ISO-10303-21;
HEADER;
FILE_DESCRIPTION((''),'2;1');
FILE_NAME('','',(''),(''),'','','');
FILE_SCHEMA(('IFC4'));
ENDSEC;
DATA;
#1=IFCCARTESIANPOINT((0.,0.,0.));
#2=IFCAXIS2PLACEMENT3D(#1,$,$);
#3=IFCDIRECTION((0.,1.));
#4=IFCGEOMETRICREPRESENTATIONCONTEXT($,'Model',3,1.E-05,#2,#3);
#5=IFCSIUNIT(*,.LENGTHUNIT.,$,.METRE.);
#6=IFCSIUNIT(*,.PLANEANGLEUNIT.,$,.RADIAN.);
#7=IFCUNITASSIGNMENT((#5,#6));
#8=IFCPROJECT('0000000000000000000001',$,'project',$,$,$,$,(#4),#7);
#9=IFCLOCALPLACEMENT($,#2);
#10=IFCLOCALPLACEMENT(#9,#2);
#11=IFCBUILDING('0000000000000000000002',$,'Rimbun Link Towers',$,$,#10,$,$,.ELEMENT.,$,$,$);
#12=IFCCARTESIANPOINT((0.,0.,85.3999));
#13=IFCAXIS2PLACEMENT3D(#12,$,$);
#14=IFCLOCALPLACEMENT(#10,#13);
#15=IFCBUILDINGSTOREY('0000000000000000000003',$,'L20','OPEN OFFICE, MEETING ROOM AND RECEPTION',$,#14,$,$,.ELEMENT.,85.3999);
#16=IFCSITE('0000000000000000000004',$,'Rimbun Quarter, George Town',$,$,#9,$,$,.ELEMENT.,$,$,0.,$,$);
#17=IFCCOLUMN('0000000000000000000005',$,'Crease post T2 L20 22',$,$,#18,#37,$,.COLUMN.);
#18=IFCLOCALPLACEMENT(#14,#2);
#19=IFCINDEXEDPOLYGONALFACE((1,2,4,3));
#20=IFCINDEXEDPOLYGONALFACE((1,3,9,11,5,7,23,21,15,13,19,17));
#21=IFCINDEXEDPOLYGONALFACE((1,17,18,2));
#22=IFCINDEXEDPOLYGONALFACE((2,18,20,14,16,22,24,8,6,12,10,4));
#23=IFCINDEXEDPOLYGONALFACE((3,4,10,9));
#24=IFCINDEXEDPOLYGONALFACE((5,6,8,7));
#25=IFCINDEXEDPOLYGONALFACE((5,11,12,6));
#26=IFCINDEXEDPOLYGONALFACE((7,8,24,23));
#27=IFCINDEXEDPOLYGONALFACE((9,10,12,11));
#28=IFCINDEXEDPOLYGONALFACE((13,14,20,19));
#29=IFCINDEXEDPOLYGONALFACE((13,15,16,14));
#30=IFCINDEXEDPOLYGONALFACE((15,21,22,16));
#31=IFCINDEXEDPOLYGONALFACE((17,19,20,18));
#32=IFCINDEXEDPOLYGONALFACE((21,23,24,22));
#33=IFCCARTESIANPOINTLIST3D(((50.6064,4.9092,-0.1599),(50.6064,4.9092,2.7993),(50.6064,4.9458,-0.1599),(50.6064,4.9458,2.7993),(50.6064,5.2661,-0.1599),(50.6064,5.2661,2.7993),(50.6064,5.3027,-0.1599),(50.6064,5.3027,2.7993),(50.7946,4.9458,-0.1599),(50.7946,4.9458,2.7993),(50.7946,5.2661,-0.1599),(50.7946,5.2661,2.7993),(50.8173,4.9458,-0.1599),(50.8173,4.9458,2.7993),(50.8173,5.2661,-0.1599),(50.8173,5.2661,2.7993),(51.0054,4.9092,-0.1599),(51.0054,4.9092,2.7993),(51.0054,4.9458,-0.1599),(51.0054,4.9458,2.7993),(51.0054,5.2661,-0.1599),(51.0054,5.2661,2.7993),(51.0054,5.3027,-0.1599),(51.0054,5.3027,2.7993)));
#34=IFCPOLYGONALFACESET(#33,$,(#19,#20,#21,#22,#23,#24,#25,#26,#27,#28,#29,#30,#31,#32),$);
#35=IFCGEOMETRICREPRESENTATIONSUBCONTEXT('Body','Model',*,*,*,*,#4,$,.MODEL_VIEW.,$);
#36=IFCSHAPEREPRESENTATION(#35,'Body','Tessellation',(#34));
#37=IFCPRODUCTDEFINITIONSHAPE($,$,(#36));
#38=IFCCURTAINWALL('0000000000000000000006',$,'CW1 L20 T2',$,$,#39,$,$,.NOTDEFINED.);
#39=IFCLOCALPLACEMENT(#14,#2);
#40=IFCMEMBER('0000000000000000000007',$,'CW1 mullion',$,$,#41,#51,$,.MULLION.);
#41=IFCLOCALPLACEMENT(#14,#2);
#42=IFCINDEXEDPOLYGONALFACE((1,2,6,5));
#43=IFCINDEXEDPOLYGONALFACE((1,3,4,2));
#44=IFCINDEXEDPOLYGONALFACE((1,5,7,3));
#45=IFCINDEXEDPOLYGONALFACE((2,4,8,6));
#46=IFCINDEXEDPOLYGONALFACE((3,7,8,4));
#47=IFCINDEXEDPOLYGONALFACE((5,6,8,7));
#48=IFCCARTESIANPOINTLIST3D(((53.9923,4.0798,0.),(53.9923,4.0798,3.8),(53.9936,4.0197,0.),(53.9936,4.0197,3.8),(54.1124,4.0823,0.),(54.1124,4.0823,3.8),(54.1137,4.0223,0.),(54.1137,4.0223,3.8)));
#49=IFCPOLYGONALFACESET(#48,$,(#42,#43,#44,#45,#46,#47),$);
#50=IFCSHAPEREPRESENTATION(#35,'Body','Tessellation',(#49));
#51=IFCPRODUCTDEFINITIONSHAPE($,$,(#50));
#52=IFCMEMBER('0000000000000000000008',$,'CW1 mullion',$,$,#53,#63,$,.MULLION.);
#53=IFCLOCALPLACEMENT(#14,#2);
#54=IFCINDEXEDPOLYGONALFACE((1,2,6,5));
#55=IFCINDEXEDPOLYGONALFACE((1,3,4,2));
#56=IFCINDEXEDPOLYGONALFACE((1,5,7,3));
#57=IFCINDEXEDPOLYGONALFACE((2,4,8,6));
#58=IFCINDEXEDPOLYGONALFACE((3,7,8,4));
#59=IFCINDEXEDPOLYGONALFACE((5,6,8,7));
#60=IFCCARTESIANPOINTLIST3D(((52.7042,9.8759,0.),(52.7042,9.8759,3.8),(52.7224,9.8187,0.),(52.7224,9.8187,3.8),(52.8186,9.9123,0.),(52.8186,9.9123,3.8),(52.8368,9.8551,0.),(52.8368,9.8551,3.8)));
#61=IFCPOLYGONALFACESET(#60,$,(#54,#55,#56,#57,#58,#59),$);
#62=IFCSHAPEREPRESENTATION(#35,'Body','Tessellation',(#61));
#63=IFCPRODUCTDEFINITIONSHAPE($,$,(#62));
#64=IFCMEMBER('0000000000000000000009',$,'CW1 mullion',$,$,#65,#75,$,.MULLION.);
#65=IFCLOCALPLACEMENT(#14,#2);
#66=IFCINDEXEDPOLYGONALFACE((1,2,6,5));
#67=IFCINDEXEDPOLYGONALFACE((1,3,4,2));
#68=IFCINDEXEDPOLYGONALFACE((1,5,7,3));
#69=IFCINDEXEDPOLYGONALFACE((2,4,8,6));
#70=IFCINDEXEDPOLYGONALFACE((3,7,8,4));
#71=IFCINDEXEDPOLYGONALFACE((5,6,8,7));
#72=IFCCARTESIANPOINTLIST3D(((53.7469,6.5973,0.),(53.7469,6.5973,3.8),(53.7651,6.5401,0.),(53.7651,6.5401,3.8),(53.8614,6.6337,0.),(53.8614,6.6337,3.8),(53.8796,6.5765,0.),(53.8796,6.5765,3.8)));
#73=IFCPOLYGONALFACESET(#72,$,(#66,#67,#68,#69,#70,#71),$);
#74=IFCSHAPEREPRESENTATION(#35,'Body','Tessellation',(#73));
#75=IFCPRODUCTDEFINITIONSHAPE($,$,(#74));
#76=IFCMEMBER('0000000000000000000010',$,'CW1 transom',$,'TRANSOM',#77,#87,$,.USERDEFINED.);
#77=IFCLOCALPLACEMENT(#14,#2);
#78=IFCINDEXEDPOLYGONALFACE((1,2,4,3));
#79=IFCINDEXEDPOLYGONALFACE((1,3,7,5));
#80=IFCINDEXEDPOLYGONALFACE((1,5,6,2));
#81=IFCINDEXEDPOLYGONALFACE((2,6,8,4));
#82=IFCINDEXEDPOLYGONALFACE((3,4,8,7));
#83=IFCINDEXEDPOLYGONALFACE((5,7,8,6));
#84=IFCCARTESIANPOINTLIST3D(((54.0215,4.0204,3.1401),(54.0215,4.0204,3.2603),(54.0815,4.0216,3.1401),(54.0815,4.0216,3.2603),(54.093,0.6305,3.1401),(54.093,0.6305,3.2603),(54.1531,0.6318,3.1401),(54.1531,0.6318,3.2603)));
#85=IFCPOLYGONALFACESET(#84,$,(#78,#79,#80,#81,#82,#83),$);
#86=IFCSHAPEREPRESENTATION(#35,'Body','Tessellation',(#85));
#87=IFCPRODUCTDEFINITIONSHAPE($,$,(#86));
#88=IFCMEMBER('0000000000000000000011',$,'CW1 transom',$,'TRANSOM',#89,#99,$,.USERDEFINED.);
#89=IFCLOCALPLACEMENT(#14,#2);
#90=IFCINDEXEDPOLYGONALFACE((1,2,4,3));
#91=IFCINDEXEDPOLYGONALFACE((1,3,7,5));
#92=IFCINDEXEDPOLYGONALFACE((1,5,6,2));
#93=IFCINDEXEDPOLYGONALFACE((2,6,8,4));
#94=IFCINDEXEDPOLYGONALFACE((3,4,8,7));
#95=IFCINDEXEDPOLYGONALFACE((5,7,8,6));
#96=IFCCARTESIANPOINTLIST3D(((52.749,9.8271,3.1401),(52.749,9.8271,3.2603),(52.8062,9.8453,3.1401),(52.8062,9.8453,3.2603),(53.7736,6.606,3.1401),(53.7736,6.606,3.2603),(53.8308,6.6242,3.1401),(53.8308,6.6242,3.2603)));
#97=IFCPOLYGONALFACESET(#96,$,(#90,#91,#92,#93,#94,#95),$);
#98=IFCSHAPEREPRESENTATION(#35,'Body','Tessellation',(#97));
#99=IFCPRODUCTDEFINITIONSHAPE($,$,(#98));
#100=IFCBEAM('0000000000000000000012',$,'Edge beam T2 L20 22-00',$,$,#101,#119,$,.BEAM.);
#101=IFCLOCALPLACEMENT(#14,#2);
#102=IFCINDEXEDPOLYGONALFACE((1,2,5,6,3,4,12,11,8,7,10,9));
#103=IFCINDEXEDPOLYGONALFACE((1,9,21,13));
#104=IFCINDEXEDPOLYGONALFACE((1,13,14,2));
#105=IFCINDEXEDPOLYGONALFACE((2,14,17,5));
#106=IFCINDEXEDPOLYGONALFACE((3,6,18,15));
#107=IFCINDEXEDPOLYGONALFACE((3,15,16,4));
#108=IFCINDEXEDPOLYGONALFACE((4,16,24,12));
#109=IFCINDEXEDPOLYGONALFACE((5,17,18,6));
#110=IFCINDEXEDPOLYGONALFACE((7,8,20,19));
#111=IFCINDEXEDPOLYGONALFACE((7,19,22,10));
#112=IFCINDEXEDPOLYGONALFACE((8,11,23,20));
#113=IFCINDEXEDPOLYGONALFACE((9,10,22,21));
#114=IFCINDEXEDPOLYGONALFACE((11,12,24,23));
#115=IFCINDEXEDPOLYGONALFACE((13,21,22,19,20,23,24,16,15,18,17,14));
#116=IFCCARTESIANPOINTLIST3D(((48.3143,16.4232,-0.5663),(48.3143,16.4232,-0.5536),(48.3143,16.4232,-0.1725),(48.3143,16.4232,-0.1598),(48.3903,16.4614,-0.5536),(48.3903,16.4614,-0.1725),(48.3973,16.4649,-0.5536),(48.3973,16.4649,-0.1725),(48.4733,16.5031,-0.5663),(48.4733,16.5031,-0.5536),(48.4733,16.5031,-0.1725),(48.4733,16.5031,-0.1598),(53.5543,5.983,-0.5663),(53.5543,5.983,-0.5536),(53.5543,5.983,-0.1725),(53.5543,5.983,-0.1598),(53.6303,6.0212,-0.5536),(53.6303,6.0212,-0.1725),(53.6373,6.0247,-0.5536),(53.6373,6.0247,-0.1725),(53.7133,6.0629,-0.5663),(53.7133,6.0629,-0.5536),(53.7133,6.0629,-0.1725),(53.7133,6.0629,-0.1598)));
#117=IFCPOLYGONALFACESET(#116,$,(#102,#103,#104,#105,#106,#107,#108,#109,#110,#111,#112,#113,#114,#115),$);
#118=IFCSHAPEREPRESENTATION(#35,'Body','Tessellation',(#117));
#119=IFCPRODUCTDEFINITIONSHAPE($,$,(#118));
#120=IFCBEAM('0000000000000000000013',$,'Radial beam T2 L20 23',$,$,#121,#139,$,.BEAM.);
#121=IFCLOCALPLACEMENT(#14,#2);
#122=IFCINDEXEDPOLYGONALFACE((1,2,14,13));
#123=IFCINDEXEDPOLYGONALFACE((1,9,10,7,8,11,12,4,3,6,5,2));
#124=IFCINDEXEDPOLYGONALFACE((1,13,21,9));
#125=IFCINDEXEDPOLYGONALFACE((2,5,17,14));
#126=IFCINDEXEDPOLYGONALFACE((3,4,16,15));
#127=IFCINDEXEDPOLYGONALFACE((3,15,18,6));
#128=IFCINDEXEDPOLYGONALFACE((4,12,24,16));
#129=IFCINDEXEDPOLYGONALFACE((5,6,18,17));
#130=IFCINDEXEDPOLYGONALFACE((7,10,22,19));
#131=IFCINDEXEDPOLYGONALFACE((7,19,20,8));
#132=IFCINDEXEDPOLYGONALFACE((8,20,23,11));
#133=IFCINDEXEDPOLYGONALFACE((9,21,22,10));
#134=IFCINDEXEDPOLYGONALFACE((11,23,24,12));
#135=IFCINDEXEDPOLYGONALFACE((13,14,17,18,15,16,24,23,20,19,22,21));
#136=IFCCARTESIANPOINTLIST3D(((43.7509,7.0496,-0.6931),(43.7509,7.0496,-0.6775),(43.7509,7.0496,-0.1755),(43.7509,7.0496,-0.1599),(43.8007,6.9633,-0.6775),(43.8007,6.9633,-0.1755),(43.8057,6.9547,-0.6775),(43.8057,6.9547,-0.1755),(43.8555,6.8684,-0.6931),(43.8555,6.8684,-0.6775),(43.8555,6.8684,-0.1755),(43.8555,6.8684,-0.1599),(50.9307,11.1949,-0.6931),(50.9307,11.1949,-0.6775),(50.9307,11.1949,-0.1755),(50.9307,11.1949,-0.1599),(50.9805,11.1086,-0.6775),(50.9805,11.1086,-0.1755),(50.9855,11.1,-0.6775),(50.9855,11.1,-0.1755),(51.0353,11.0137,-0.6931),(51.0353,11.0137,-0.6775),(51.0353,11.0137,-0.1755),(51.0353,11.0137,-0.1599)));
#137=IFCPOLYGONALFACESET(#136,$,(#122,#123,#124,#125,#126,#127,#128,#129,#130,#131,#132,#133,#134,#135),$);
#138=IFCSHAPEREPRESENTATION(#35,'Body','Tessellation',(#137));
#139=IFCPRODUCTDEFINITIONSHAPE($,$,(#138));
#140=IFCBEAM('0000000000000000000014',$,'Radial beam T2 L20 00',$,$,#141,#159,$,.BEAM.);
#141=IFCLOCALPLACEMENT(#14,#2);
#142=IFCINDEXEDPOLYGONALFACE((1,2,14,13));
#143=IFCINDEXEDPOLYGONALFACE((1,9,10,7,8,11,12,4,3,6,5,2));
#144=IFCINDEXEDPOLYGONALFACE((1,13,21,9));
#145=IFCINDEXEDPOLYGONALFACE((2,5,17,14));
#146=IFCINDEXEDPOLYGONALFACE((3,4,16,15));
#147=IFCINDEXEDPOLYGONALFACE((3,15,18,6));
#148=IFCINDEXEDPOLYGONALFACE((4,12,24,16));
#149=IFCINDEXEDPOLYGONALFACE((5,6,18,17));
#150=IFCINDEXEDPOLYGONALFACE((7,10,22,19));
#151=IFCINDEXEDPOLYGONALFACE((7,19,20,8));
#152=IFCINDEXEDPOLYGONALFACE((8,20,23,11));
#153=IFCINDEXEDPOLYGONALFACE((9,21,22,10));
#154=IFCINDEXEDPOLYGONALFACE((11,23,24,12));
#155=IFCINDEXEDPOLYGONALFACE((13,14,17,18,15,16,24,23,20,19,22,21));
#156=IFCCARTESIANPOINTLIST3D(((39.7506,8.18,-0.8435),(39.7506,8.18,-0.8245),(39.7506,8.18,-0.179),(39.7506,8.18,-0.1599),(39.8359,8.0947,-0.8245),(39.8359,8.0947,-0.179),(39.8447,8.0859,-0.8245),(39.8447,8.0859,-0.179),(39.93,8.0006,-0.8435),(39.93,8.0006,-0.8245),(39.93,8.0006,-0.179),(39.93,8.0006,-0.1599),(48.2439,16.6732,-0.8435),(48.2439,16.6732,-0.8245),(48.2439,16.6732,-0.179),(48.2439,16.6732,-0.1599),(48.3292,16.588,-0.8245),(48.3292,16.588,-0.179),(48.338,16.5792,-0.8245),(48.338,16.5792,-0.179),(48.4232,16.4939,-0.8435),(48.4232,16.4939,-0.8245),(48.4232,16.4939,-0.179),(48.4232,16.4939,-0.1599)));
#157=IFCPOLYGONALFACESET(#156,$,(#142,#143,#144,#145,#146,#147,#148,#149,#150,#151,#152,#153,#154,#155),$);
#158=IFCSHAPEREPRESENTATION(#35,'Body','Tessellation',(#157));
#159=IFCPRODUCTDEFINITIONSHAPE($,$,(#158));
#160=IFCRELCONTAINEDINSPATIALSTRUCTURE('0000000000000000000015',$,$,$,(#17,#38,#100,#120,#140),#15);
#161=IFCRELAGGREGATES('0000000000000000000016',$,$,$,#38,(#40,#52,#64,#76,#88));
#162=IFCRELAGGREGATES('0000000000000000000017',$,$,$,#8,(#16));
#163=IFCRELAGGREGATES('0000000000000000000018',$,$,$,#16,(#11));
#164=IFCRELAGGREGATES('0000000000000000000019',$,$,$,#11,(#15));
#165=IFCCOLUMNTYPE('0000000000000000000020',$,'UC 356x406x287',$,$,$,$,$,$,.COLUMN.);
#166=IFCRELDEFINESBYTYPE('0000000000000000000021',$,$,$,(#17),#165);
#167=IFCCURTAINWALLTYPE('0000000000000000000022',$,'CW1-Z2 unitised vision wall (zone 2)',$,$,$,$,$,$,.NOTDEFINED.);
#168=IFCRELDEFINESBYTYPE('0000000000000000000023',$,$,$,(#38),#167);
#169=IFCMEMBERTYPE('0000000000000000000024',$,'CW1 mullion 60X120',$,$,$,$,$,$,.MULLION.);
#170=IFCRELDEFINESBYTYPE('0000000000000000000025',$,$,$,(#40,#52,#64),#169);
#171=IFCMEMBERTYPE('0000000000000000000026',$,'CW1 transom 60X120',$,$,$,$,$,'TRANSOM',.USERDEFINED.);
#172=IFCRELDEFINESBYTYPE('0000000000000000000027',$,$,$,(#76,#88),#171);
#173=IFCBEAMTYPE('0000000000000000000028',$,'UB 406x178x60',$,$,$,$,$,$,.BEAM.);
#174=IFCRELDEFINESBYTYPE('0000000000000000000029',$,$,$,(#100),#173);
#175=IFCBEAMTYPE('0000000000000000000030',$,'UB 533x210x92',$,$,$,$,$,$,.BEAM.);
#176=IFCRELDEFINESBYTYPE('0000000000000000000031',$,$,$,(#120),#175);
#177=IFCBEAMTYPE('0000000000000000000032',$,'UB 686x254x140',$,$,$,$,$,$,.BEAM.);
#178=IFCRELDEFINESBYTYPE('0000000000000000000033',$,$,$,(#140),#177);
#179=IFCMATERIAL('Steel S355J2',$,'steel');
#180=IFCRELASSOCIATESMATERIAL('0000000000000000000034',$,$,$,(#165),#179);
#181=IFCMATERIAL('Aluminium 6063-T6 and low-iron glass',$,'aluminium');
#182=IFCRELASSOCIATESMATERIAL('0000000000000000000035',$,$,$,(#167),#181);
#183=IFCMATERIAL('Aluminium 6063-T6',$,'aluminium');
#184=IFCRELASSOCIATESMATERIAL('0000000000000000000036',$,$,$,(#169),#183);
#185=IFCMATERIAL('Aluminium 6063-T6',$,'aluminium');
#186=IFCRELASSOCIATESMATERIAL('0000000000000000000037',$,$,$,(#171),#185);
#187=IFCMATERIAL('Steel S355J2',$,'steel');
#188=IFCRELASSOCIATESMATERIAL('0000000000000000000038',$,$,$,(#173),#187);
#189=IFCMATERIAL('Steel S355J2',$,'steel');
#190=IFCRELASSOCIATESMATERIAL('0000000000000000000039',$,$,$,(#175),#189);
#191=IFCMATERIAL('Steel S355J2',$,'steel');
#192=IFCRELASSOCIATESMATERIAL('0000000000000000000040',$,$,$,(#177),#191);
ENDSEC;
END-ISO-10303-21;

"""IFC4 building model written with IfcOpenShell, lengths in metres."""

from ifc_helpers import new_model, si_unit, direction, frame, origin, origin_2d, place, context, subcontext, project, spatial, rectangle, i_section, extrude, material, material_profile, profile_set, type_object, element, aggregate, save


model = new_model("IFC4")

# Units and contexts
model_context = context("Model", 3, precision=1e-05, world=origin(), true_north=direction((0.0, 1.0)))
body_context = subcontext(model_context, "Body", "Model", "MODEL_VIEW")
ifc_project = project(units=[si_unit("LENGTHUNIT", "METRE"), si_unit("PLANEANGLEUNIT", "RADIAN")], contexts=[model_context])

# Site, building, storey
site_placement = place(None, origin())
site = spatial("IfcSite", under=ifc_project, at=site_placement, Name="Rimbun Quarter, George Town", CompositionType="ELEMENT", RefElevation=0.0)
building_placement = place(site_placement, origin())
building = spatial("IfcBuilding", under=site, at=building_placement, Name="Rimbun Link Towers", CompositionType="ELEMENT")
storey_placement = place(building_placement, frame((0.0, 0.0, 85.3999)))
storey = spatial("IfcBuildingStorey", under=building, at=storey_placement, Name="L20", Description="OPEN OFFICE, MEETING ROOM AND RECEPTION", CompositionType="ELEMENT", Elevation=85.3999)

# Column
ifc_material_1 = material(Name="Steel S355J2", Category="steel")
ifc_material_profile_1 = material_profile(ifc_material_1, i_section(OverallWidth=0.3989, OverallDepth=0.3936, WebThickness=0.0227, FlangeThickness=0.0366, at=origin_2d()), Name="UC 356x406x287")
ifc_profile_set_1 = profile_set([ifc_material_profile_1], Name="Steel S355J2")
column_type = type_object("IfcColumnType", Name="UC 356x406x287", PredefinedType="COLUMN", material=ifc_profile_set_1)
column_placement = place(storey_placement, frame((50.8059, 5.106, -0.1599), z_axis=(0.0, 0.0, 1.0), x_axis=(1.0, 0.0, 0.0)))
element("IfcColumn", 1, at=column_placement, inside=storey, type_object=column_type, Name="Crease post T2 L20 22", PredefinedType="COLUMN", context=body_context, shape_type="SweptSolid", body=[
    extrude(i_section(OverallWidth=0.3989, OverallDepth=0.3936, WebThickness=0.0227, FlangeThickness=0.0366, at=origin_2d()), origin(), (0.0, 0.0, 1.0), 2.9592),
])

# Curtain wall, members
ifc_material_2 = material(Name="Aluminium 6063-T6 and low-iron glass", Category="aluminium")
curtain_wall_type = type_object("IfcCurtainWallType", Name="CW1-Z2 unitised vision wall (zone 2)", PredefinedType="NOTDEFINED", material=ifc_material_2)
curtain_wall_placement = place(storey_placement, origin())
curtain_wall = element("IfcCurtainWall", 2, at=curtain_wall_placement, inside=storey, type_object=curtain_wall_type, Name="CW1 L20 T2", PredefinedType="NOTDEFINED")
ifc_material_3 = material(Name="Aluminium 6063-T6", Category="aluminium")
ifc_material_profile_2 = material_profile(ifc_material_3, rectangle(XDim=0.1201, YDim=0.0601, at=origin_2d()), Name="MULLION 60X120")
ifc_profile_set_2 = profile_set([ifc_material_profile_2], Name="Aluminium 6063-T6")
member_type_1 = type_object("IfcMemberType", Name="CW1 mullion 60X120", PredefinedType="MULLION", material=ifc_profile_set_2)
member_1_placement = place(storey_placement, frame((54.053, 4.051, 0.0), z_axis=(0.0, 0.0, 1.0), x_axis=(0.999778, 0.021057, 0.0)))
member_1 = element("IfcMember", 3, at=member_1_placement, type_object=member_type_1, Name="CW1 mullion", PredefinedType="MULLION", context=body_context, shape_type="SweptSolid", body=[
    extrude(rectangle(XDim=0.1201, YDim=0.0601, at=origin_2d()), origin(), (0.0, 0.0, 1.0), 3.8),
])
member_2_placement = place(storey_placement, frame((52.7705, 9.8655, 0.0), z_axis=(0.0, 0.0, 1.0), x_axis=(0.952968, 0.30307, 0.0)))
member_2 = element("IfcMember", 4, at=member_2_placement, type_object=member_type_1, Name="CW1 mullion", PredefinedType="MULLION", context=body_context, shape_type="SweptSolid", body=[
    extrude(rectangle(XDim=0.1201, YDim=0.0601, at=origin_2d()), origin(), (0.0, 0.0, 1.0), 3.8),
])
member_3_placement = place(storey_placement, frame((53.8132, 6.5869, 0.0), z_axis=(0.0, 0.0, 1.0), x_axis=(0.952968, 0.30307, 0.0)))
member_3 = element("IfcMember", 5, at=member_3_placement, type_object=member_type_1, Name="CW1 mullion", PredefinedType="MULLION", context=body_context, shape_type="SweptSolid", body=[
    extrude(rectangle(XDim=0.1201, YDim=0.0601, at=origin_2d()), origin(), (0.0, 0.0, 1.0), 3.8),
])
ifc_material_4 = material(Name="Aluminium 6063-T6", Category="aluminium")
ifc_material_profile_3 = material_profile(ifc_material_4, rectangle(XDim=0.0601, YDim=0.1201, at=origin_2d()), Name="TRANSOM 60X120")
ifc_profile_set_3 = profile_set([ifc_material_profile_3], Name="Aluminium 6063-T6")
member_type_2 = type_object("IfcMemberType", Name="CW1 transom 60X120", ElementType="TRANSOM", PredefinedType="USERDEFINED", material=ifc_profile_set_3)
member_4_placement = place(storey_placement, frame((54.0515, 4.021, 3.2002), z_axis=(0.021097, -0.999777, 0.0), x_axis=(0.999777, 0.021097, 0.0)))
member_4 = element("IfcMember", 6, at=member_4_placement, type_object=member_type_2, Name="CW1 transom", ObjectType="TRANSOM", PredefinedType="USERDEFINED", context=body_context, shape_type="SweptSolid", body=[
    extrude(rectangle(XDim=0.0601, YDim=0.1201, at=origin_2d()), origin(), (0.0, 0.0, 1.0), 3.3906),
])
member_5_placement = place(storey_placement, frame((52.7776, 9.8362, 3.2002), z_axis=(0.303132, -0.952949, 0.0), x_axis=(0.952949, 0.303132, 0.0)))
member_5 = element("IfcMember", 7, at=member_5_placement, type_object=member_type_2, Name="CW1 transom", ObjectType="TRANSOM", PredefinedType="USERDEFINED", context=body_context, shape_type="SweptSolid", body=[
    extrude(rectangle(XDim=0.0601, YDim=0.1201, at=origin_2d()), origin(), (0.0, 0.0, 1.0), 3.3801),
])

# Beams
ifc_material_5 = material(Name="Steel S355J2", Category="steel")
ifc_material_profile_4 = material_profile(ifc_material_5, i_section(OverallWidth=0.178, OverallDepth=0.4065, WebThickness=0.0078, FlangeThickness=0.0127, at=origin_2d()), Name="UB 406x178x60")
ifc_profile_set_4 = profile_set([ifc_material_profile_4], Name="Steel S355J2")
beam_type_1 = type_object("IfcBeamType", Name="UB 406x178x60", PredefinedType="BEAM", material=ifc_profile_set_4)
beam_1_placement = place(storey_placement, frame((53.6338, 6.0229, -0.363), z_axis=(-0.448576, 0.893745, 0.0), x_axis=(-0.893745, -0.448576, 0.0)))
element("IfcBeam", 8, at=beam_1_placement, inside=storey, type_object=beam_type_1, Name="Edge beam T2 L20 22-00", PredefinedType="BEAM", context=body_context, shape_type="SweptSolid", body=[
    extrude(i_section(OverallWidth=0.178, OverallDepth=0.4065, WebThickness=0.0078, FlangeThickness=0.0127, at=origin_2d()), origin(), (0.0, 0.0, 1.0), 11.6814),
])
ifc_material_6 = material(Name="Steel S355J2", Category="steel")
ifc_material_profile_5 = material_profile(ifc_material_6, i_section(OverallWidth=0.2092, OverallDepth=0.5332, WebThickness=0.01, FlangeThickness=0.0156, at=origin_2d()), Name="UB 533x210x92")
ifc_profile_set_5 = profile_set([ifc_material_profile_5], Name="Steel S355J2")
beam_type_2 = type_object("IfcBeamType", Name="UB 533x210x92", PredefinedType="BEAM", material=ifc_profile_set_5)
beam_2_placement = place(storey_placement, frame((43.8032, 6.959, -0.4265), z_axis=(0.866022, 0.500006, 0.0), x_axis=(-0.500006, 0.866022, 0.0)))
element("IfcBeam", 9, at=beam_2_placement, inside=storey, type_object=beam_type_2, Name="Radial beam T2 L20 23", PredefinedType="BEAM", context=body_context, shape_type="SweptSolid", body=[
    extrude(i_section(OverallWidth=0.2092, OverallDepth=0.5332, WebThickness=0.01, FlangeThickness=0.0156, at=origin_2d()), origin(), (0.0, 0.0, 1.0), 8.2905),
])
ifc_material_7 = material(Name="Steel S355J2", Category="steel")
ifc_material_profile_6 = material_profile(ifc_material_7, i_section(OverallWidth=0.2537, OverallDepth=0.6836, WebThickness=0.0125, FlangeThickness=0.019, at=origin_2d()), Name="UB 686x254x140")
ifc_profile_set_6 = profile_set([ifc_material_profile_6], Name="Steel S355J2")
beam_type_3 = type_object("IfcBeamType", Name="UB 686x254x140", PredefinedType="BEAM", material=ifc_profile_set_6)
beam_3_placement = place(storey_placement, frame((39.8403, 8.0903, -0.5017), z_axis=(0.707107, 0.707107, 0.0), x_axis=(-0.707107, 0.707107, 0.0)))
element("IfcBeam", 10, at=beam_3_placement, inside=storey, type_object=beam_type_3, Name="Radial beam T2 L20 00", PredefinedType="BEAM", context=body_context, shape_type="SweptSolid", body=[
    extrude(i_section(OverallWidth=0.2537, OverallDepth=0.6836, WebThickness=0.0125, FlangeThickness=0.019, at=origin_2d()), origin(), (0.0, 0.0, 1.0), 12.0112),
])

aggregate(curtain_wall, [member_1, member_2, member_3, member_4, member_5])

save(model, "model.ifc")
